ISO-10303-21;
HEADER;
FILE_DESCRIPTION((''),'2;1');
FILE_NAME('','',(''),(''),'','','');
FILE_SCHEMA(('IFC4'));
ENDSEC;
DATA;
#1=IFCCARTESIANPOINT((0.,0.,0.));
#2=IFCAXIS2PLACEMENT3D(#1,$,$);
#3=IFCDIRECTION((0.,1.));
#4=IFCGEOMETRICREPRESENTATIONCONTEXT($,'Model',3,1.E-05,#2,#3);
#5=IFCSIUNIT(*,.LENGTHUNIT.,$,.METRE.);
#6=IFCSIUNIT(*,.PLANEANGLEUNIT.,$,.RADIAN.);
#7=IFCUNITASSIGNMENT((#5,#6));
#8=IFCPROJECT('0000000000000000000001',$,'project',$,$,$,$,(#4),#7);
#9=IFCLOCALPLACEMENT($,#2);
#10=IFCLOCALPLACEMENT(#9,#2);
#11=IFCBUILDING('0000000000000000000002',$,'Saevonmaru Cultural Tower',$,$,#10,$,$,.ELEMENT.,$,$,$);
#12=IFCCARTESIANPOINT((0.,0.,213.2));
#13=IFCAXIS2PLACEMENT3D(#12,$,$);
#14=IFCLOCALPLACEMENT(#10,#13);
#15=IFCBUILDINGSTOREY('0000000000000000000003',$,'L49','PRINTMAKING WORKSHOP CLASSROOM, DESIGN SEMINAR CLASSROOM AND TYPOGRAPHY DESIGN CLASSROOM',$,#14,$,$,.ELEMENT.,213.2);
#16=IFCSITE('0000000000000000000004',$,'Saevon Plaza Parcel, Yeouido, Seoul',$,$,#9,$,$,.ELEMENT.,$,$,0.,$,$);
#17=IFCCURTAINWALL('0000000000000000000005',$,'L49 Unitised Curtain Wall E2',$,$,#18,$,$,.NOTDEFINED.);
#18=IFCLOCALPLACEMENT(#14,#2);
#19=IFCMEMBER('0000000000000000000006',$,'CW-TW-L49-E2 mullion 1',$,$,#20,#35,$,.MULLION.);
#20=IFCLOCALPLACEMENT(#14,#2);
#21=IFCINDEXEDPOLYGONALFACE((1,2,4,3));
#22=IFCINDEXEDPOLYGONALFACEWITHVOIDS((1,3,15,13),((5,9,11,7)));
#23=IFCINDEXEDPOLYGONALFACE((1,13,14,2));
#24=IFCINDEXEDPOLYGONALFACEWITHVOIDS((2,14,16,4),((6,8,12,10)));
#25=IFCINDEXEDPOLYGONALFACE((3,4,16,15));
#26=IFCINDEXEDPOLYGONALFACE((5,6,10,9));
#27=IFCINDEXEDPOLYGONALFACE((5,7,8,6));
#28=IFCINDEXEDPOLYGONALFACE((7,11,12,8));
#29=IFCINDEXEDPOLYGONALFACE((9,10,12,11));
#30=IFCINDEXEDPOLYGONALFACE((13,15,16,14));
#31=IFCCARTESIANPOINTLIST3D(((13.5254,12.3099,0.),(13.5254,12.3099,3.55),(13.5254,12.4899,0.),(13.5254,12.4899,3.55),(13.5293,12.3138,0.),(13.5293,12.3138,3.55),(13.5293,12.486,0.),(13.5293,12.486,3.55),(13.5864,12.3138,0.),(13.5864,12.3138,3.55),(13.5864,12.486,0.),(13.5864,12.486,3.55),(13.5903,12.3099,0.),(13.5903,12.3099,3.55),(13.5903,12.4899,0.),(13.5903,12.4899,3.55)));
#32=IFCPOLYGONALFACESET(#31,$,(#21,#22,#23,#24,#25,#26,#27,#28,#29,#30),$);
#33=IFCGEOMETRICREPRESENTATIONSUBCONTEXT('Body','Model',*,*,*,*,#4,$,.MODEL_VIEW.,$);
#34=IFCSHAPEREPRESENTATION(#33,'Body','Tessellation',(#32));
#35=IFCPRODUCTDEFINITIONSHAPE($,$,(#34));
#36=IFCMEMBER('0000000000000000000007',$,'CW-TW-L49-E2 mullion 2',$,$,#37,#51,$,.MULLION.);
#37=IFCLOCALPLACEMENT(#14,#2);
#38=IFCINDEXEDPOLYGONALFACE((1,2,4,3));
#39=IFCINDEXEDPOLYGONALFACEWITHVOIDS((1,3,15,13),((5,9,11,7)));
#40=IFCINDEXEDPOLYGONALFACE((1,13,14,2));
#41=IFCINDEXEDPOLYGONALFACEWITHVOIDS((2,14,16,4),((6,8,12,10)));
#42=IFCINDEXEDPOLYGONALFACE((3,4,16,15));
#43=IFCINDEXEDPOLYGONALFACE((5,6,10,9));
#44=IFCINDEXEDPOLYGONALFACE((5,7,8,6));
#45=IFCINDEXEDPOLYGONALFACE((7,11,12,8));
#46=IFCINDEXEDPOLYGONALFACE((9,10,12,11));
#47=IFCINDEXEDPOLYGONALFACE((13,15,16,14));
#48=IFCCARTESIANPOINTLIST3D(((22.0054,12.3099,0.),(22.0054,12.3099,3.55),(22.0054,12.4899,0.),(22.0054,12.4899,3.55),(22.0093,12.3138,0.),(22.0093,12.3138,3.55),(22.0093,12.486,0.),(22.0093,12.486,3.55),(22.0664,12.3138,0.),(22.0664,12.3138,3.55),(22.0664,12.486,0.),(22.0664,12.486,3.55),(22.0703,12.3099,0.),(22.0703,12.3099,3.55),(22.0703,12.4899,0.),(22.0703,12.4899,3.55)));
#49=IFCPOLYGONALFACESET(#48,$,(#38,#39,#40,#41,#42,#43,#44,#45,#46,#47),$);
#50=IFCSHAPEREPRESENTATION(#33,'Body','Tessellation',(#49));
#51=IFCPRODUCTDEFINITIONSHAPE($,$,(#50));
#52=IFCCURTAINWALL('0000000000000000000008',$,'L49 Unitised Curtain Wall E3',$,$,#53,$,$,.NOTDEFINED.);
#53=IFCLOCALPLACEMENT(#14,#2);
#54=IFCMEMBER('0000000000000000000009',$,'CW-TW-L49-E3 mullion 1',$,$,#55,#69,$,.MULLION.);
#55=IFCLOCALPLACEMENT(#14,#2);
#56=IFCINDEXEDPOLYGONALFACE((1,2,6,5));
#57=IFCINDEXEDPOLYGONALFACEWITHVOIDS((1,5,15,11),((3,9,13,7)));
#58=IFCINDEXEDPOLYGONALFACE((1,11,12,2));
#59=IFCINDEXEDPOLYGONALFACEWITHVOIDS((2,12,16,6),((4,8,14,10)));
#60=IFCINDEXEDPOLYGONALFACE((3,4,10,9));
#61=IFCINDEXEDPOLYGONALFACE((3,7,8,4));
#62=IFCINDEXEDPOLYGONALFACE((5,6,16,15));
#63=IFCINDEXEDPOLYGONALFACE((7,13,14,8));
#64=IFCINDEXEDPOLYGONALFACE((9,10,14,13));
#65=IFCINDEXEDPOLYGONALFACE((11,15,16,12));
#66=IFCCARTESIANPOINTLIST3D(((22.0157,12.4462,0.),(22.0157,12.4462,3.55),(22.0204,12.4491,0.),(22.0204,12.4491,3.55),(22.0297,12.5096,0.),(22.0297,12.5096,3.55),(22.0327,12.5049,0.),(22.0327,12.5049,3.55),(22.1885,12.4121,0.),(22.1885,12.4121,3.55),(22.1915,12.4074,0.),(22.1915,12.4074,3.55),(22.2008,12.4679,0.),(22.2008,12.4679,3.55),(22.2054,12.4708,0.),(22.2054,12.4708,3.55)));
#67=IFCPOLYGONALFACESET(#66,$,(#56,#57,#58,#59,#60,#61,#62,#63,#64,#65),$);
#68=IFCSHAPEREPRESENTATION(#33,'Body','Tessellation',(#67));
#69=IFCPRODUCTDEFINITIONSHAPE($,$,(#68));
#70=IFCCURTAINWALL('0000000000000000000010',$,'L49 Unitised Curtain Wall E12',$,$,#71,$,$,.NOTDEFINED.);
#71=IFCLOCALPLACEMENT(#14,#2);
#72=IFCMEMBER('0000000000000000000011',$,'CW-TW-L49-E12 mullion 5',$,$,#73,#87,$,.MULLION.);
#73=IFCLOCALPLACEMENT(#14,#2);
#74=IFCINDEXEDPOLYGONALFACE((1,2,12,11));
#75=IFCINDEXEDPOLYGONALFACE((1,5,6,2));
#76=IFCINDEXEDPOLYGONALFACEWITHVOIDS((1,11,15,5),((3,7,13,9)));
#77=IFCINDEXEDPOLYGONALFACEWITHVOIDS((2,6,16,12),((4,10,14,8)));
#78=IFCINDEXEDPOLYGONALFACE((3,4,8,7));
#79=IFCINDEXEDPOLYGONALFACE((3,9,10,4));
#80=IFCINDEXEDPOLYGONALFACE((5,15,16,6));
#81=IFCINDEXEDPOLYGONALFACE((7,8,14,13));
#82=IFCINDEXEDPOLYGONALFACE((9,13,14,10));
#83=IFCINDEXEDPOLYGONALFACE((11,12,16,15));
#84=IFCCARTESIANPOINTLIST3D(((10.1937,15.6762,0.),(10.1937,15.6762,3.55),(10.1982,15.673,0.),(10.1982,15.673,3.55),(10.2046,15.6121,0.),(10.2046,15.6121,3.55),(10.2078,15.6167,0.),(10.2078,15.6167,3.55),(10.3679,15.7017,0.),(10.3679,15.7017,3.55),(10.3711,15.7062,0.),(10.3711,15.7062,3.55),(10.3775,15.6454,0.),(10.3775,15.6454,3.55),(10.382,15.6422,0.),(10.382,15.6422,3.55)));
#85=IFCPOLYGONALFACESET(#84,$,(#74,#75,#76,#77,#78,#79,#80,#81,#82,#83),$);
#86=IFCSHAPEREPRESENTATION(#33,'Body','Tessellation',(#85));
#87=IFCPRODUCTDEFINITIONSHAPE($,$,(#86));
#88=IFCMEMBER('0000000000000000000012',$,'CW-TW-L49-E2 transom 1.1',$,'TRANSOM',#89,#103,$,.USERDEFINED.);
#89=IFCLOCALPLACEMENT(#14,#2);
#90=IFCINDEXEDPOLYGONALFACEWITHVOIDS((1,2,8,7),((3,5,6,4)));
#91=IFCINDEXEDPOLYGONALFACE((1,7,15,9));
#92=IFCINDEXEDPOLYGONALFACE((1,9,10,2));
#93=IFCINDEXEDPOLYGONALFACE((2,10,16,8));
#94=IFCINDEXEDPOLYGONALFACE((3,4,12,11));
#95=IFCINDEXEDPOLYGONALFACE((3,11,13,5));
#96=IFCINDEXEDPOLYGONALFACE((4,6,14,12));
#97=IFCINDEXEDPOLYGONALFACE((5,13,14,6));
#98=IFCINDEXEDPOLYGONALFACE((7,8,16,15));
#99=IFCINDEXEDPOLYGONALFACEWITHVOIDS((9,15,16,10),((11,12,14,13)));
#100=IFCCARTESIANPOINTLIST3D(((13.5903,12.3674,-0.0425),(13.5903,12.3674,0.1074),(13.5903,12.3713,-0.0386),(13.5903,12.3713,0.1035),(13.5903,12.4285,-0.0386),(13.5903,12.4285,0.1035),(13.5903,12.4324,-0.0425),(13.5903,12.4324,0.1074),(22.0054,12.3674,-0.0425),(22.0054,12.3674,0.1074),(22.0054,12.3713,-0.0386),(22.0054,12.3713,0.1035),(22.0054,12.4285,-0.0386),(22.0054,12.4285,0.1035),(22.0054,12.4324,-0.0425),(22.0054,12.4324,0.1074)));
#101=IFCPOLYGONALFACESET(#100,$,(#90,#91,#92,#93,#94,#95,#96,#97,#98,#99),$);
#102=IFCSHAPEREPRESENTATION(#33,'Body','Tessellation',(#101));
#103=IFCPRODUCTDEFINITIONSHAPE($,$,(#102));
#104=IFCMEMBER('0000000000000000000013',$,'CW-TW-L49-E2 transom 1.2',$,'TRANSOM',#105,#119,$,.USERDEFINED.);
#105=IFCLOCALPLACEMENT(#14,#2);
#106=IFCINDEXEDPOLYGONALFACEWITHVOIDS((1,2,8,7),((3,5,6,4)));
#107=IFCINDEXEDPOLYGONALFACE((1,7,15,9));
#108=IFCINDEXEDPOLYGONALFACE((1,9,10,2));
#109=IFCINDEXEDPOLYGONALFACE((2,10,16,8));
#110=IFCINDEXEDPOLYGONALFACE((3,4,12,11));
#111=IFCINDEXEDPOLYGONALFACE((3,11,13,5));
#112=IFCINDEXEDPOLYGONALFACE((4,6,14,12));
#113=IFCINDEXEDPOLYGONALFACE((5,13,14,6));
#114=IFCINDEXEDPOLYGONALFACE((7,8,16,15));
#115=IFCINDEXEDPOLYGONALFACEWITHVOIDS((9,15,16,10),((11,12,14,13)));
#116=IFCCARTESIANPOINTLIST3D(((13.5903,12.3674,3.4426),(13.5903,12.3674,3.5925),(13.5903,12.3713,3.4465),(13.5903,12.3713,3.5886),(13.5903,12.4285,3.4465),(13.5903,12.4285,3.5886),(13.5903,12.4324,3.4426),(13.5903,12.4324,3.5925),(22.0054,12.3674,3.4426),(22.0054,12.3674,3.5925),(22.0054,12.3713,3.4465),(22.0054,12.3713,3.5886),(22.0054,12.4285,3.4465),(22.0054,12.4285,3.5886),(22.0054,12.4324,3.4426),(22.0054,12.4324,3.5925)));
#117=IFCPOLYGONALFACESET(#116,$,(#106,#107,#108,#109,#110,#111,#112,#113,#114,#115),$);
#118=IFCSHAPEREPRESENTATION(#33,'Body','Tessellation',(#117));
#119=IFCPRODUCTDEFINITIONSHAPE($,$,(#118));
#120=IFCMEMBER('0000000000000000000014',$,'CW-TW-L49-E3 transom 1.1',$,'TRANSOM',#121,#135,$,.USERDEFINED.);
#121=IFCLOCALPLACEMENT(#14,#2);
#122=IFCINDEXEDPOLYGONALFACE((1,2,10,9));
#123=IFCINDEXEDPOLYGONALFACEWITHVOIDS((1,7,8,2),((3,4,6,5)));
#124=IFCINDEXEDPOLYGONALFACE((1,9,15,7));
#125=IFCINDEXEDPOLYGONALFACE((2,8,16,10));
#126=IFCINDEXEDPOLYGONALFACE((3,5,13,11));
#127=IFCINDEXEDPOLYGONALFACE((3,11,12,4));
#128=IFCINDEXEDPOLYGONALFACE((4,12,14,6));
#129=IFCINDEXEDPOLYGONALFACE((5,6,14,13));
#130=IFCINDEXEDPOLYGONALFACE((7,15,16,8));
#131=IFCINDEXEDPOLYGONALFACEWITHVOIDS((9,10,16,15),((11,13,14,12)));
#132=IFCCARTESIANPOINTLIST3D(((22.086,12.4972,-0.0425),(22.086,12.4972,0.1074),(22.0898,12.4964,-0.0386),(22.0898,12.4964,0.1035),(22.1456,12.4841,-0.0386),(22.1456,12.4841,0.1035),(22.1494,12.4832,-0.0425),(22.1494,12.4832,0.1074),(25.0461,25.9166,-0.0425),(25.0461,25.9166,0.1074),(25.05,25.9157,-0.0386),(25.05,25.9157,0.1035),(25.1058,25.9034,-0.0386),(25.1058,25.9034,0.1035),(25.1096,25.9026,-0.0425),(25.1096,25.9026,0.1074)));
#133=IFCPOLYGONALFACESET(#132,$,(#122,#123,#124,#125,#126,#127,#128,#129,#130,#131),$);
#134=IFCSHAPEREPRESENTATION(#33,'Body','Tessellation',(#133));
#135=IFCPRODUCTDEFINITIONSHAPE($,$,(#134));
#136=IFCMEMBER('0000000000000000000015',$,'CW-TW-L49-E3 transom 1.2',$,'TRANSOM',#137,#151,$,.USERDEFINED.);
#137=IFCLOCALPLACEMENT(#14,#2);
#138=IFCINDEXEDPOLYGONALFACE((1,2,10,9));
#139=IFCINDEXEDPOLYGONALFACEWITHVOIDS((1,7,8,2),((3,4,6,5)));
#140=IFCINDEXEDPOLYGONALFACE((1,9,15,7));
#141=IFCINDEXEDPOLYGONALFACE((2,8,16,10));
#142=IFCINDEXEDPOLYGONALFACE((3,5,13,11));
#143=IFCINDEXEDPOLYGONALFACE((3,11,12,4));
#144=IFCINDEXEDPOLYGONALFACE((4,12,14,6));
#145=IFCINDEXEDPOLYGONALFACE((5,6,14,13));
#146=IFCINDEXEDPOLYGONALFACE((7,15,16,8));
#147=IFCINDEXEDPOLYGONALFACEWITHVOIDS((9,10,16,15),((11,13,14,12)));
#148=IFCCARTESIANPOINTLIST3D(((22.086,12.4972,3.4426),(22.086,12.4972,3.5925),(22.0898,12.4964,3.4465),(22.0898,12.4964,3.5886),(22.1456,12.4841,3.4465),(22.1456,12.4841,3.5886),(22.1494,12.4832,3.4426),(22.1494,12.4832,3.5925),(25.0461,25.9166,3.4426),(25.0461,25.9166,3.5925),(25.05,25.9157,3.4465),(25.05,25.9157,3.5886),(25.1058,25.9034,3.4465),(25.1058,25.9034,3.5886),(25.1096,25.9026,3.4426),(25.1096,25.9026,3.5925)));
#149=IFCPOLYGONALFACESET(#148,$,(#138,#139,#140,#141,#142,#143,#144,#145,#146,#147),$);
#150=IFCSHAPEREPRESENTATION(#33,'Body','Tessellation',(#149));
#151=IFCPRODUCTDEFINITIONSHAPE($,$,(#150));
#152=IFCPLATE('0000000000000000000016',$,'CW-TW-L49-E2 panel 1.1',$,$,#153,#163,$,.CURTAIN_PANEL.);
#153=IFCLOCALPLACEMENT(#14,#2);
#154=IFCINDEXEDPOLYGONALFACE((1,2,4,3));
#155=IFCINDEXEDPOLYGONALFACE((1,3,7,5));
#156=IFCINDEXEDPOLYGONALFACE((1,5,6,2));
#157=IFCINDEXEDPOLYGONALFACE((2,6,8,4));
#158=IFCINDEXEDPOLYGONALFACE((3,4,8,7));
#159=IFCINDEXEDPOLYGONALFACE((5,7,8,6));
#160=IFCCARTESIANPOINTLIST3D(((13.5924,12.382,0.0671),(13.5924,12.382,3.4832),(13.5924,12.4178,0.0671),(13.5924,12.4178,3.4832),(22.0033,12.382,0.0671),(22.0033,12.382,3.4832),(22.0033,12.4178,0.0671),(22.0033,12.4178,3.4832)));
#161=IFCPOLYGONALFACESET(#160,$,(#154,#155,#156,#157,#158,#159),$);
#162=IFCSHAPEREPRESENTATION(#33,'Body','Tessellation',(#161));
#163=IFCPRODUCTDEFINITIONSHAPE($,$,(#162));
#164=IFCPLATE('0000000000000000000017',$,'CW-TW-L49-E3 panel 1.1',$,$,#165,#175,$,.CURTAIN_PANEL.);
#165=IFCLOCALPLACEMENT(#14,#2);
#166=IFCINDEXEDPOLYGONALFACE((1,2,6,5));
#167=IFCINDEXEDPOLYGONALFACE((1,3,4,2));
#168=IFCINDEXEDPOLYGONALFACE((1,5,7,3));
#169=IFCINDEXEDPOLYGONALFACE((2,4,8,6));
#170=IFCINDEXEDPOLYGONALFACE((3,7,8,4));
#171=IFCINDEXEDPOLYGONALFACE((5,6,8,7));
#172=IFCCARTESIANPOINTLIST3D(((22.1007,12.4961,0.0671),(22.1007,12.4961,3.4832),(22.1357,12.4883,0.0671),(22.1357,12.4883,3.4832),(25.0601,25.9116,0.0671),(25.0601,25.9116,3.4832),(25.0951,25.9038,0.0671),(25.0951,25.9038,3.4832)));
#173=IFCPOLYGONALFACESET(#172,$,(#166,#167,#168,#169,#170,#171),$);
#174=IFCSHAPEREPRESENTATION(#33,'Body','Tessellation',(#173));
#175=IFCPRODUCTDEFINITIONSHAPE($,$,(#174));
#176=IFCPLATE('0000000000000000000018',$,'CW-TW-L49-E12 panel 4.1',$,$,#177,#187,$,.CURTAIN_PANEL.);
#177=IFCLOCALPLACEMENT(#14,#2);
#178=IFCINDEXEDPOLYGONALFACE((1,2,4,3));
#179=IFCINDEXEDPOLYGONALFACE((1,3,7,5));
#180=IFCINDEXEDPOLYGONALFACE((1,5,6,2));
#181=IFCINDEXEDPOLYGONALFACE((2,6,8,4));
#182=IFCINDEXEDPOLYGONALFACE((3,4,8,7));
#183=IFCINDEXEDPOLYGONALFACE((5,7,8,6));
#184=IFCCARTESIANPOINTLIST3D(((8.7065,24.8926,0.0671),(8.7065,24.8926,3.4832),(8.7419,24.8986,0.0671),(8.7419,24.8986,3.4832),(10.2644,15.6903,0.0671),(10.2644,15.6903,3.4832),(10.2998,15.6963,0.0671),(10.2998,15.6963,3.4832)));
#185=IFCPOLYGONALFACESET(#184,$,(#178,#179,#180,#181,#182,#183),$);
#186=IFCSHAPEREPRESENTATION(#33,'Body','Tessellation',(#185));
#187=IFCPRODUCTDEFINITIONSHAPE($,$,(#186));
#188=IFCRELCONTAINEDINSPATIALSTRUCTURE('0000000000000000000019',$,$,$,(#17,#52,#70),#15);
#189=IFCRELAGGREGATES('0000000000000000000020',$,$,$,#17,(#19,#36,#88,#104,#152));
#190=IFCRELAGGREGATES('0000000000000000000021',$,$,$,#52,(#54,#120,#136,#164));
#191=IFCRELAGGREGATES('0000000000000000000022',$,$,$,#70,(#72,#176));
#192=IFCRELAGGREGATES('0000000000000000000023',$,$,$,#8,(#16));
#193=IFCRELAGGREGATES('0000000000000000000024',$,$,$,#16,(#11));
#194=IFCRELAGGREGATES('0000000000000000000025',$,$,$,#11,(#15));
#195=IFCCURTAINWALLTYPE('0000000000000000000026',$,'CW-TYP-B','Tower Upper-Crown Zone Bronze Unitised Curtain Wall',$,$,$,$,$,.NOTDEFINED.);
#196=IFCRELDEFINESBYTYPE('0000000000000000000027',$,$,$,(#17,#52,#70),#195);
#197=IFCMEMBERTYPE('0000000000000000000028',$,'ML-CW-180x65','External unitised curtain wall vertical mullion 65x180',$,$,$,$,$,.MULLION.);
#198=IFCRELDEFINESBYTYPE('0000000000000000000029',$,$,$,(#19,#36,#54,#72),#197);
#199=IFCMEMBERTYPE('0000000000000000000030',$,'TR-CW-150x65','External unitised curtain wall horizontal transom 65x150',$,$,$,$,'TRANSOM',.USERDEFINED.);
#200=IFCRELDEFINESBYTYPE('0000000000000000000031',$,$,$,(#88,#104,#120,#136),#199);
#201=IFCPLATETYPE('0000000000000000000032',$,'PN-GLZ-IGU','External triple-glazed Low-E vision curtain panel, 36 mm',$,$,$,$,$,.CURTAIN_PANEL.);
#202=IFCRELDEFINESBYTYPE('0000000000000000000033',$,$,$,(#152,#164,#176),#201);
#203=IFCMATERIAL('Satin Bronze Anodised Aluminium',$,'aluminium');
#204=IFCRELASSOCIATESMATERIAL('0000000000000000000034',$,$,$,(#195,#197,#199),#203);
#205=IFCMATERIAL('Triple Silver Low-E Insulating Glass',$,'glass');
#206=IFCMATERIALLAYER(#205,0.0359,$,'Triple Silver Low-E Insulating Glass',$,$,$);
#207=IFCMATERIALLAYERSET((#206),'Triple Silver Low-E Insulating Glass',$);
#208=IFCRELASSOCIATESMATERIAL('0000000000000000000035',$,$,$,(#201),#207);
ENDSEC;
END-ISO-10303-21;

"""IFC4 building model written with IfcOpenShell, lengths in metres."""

from ifc_helpers import new_model, si_unit, direction, frame, origin, origin_2d, place, context, subcontext, project, spatial, rectangle, hollow_rectangle, extrude, material, layer, layer_set, material_profile, profile_set, type_object, element, aggregate, save


model = new_model("IFC4")

# Units and contexts
model_context = context("Model", 3, precision=1e-05, world=origin(), true_north=direction((0.0, 1.0)))
body_context = subcontext(model_context, "Body", "Model", "MODEL_VIEW")
ifc_project = project(units=[si_unit("LENGTHUNIT", "METRE"), si_unit("PLANEANGLEUNIT", "RADIAN")], contexts=[model_context])

# Site, building, storey
site_placement = place(None, origin())
site = spatial("IfcSite", under=ifc_project, at=site_placement, Name="Saevon Plaza Parcel, Yeouido, Seoul", CompositionType="ELEMENT", RefElevation=0.0)
building_placement = place(site_placement, origin())
building = spatial("IfcBuilding", under=site, at=building_placement, Name="Saevonmaru Cultural Tower", CompositionType="ELEMENT")
storey_placement = place(building_placement, frame((0.0, 0.0, 213.2)))
storey = spatial("IfcBuildingStorey", under=building, at=storey_placement, Name="L49", Description="PRINTMAKING WORKSHOP CLASSROOM, DESIGN SEMINAR CLASSROOM AND TYPOGRAPHY DESIGN CLASSROOM", CompositionType="ELEMENT", Elevation=213.2)

# Curtain wall, members
ifc_material_1 = material(Name="Satin Bronze Anodised Aluminium", Category="aluminium")
curtain_wall_type = type_object("IfcCurtainWallType", Name="CW-TYP-B", Description="Tower Upper-Crown Zone Bronze Unitised Curtain Wall", PredefinedType="NOTDEFINED", material=ifc_material_1)
curtain_wall_1_placement = place(storey_placement, origin())
curtain_wall_1 = element("IfcCurtainWall", 1, at=curtain_wall_1_placement, inside=storey, type_object=curtain_wall_type, Name="L49 Unitised Curtain Wall E2", PredefinedType="NOTDEFINED")
ifc_material_profile_1 = material_profile(ifc_material_1, hollow_rectangle(XDim=0.0649, YDim=0.1799, WallThickness=0.0039, at=origin_2d()), Name="ALU-MULL-180x65x4")
ifc_profile_set_1 = profile_set([ifc_material_profile_1], Name="Satin Bronze Anodised Aluminium")
member_type_1 = type_object("IfcMemberType", Name="ML-CW-180x65", Description="External unitised curtain wall vertical mullion 65x180", PredefinedType="MULLION", material=ifc_profile_set_1)
member_1_placement = place(storey_placement, frame((13.5579, 12.3999, 0.0), z_axis=(0.0, 0.0, 1.0), x_axis=(1.0, 0.0, 0.0)))
member_1 = element("IfcMember", 2, at=member_1_placement, type_object=member_type_1, Name="CW-TW-L49-E2 mullion 1", PredefinedType="MULLION", context=body_context, shape_type="SweptSolid", body=[
    extrude(hollow_rectangle(XDim=0.0649, YDim=0.1799, WallThickness=0.0039, at=origin_2d()), origin(), (0.0, 0.0, 1.0), 3.55),
])
member_2_placement = place(storey_placement, frame((22.0378, 12.3999, 0.0), z_axis=(0.0, 0.0, 1.0), x_axis=(1.0, 0.0, 0.0)))
member_2 = element("IfcMember", 3, at=member_2_placement, type_object=member_type_1, Name="CW-TW-L49-E2 mullion 2", PredefinedType="MULLION", context=body_context, shape_type="SweptSolid", body=[
    extrude(hollow_rectangle(XDim=0.0649, YDim=0.1799, WallThickness=0.0039, at=origin_2d()), origin(), (0.0, 0.0, 1.0), 3.55),
])

# Curtain walls, members
curtain_wall_2_placement = place(storey_placement, origin())
curtain_wall_2 = element("IfcCurtainWall", 4, at=curtain_wall_2_placement, inside=storey, type_object=curtain_wall_type, Name="L49 Unitised Curtain Wall E3", PredefinedType="NOTDEFINED")
member_3_placement = place(storey_placement, frame((22.1106, 12.4585, 0.0), z_axis=(0.0, 0.0, 1.0), x_axis=(0.215413, 0.976523, 0.0)))
member_3 = element("IfcMember", 5, at=member_3_placement, type_object=member_type_1, Name="CW-TW-L49-E3 mullion 1", PredefinedType="MULLION", context=body_context, shape_type="SweptSolid", body=[
    extrude(hollow_rectangle(XDim=0.0649, YDim=0.1799, WallThickness=0.0039, at=origin_2d()), origin(), (0.0, 0.0, 1.0), 3.55),
])
curtain_wall_3_placement = place(storey_placement, origin())
curtain_wall_3 = element("IfcCurtainWall", 6, at=curtain_wall_3_placement, inside=storey, type_object=curtain_wall_type, Name="L49 Unitised Curtain Wall E12", PredefinedType="NOTDEFINED")
member_4_placement = place(storey_placement, frame((10.2878, 15.6592, 0.0), z_axis=(0.0, 0.0, 1.0), x_axis=(0.166922, -0.98597, 0.0)))
member_4 = element("IfcMember", 7, at=member_4_placement, type_object=member_type_1, Name="CW-TW-L49-E12 mullion 5", PredefinedType="MULLION", context=body_context, shape_type="SweptSolid", body=[
    extrude(hollow_rectangle(XDim=0.0649, YDim=0.1799, WallThickness=0.0039, at=origin_2d()), origin(), (0.0, 0.0, 1.0), 3.55),
])

# Members
ifc_material_profile_2 = material_profile(ifc_material_1, hollow_rectangle(XDim=0.0649, YDim=0.1499, WallThickness=0.0039, at=origin_2d()), Name="ALU-TRAN-150x65x4")
ifc_profile_set_2 = profile_set([ifc_material_profile_2], Name="Satin Bronze Anodised Aluminium")
member_type_2 = type_object("IfcMemberType", Name="TR-CW-150x65", Description="External unitised curtain wall horizontal transom 65x150", ElementType="TRANSOM", PredefinedType="USERDEFINED", material=ifc_profile_set_2)
member_5_placement = place(storey_placement, frame((13.5903, 12.3999, 0.0325), z_axis=(1.0, 0.0, 0.0), x_axis=(0.0, 1.0, 0.0)))
member_5 = element("IfcMember", 8, at=member_5_placement, type_object=member_type_2, Name="CW-TW-L49-E2 transom 1.1", ObjectType="TRANSOM", PredefinedType="USERDEFINED", context=body_context, shape_type="SweptSolid", body=[
    extrude(hollow_rectangle(XDim=0.0649, YDim=0.1499, WallThickness=0.0039, at=origin_2d()), origin(), (0.0, 0.0, 1.0), 8.415),
])
member_6_placement = place(storey_placement, frame((13.5903, 12.3999, 3.5176), z_axis=(1.0, 0.0, 0.0), x_axis=(0.0, 1.0, 0.0)))
member_6 = element("IfcMember", 9, at=member_6_placement, type_object=member_type_2, Name="CW-TW-L49-E2 transom 1.2", ObjectType="TRANSOM", PredefinedType="USERDEFINED", context=body_context, shape_type="SweptSolid", body=[
    extrude(hollow_rectangle(XDim=0.0649, YDim=0.1499, WallThickness=0.0039, at=origin_2d()), origin(), (0.0, 0.0, 1.0), 8.415),
])
member_7_placement = place(storey_placement, frame((22.1177, 12.4902, 0.0325), z_axis=(0.215412, 0.976523, 0.0), x_axis=(-0.976523, 0.215412, 0.0)))
member_7 = element("IfcMember", 10, at=member_7_placement, type_object=member_type_2, Name="CW-TW-L49-E3 transom 1.1", ObjectType="TRANSOM", PredefinedType="USERDEFINED", context=body_context, shape_type="SweptSolid", body=[
    extrude(hollow_rectangle(XDim=0.0649, YDim=0.1499, WallThickness=0.0039, at=origin_2d()), origin(), (0.0, 0.0, 1.0), 13.7419),
])
member_8_placement = place(storey_placement, frame((22.1177, 12.4902, 3.5176), z_axis=(0.215412, 0.976523, 0.0), x_axis=(-0.976523, 0.215412, 0.0)))
member_8 = element("IfcMember", 11, at=member_8_placement, type_object=member_type_2, Name="CW-TW-L49-E3 transom 1.2", ObjectType="TRANSOM", PredefinedType="USERDEFINED", context=body_context, shape_type="SweptSolid", body=[
    extrude(hollow_rectangle(XDim=0.0649, YDim=0.1499, WallThickness=0.0039, at=origin_2d()), origin(), (0.0, 0.0, 1.0), 13.7419),
])

# Plates
ifc_material_2 = material(Name="Triple Silver Low-E Insulating Glass", Category="glass")
ifc_layer_1 = layer(ifc_material_2, 0.0359, Name="Triple Silver Low-E Insulating Glass")
ifc_layer_set_1 = layer_set([ifc_layer_1], Name="Triple Silver Low-E Insulating Glass")
plate_type = type_object("IfcPlateType", Name="PN-GLZ-IGU", Description="External triple-glazed Low-E vision curtain panel, 36 mm", PredefinedType="CURTAIN_PANEL", material=ifc_layer_set_1)
plate_1_placement = place(storey_placement, frame((17.7979, 12.3999, 0.0671), z_axis=(0.0, 0.0, 1.0), x_axis=(1.0, 0.0, 0.0)))
plate_1 = element("IfcPlate", 12, at=plate_1_placement, type_object=plate_type, Name="CW-TW-L49-E2 panel 1.1", PredefinedType="CURTAIN_PANEL", context=body_context, shape_type="SweptSolid", body=[
    extrude(rectangle(XDim=8.4109, YDim=0.0359, at=origin_2d()), origin(), (0.0, 0.0, 1.0), 3.416),
])
aggregate(curtain_wall_1, [member_1, member_2, member_5, member_6, plate_1])
plate_2_placement = place(storey_placement, frame((23.5979, 19.2, 0.0671), z_axis=(0.0, 0.0, 1.0), x_axis=(0.215413, 0.976523, 0.0)))
plate_2 = element("IfcPlate", 13, at=plate_2_placement, type_object=plate_type, Name="CW-TW-L49-E3 panel 1.1", PredefinedType="CURTAIN_PANEL", context=body_context, shape_type="SweptSolid", body=[
    extrude(rectangle(XDim=13.738, YDim=0.0359, at=origin_2d()), origin(), (0.0, 0.0, 1.0), 3.416),
])
aggregate(curtain_wall_2, [member_3, member_7, member_8, plate_2])
plate_3_placement = place(storey_placement, frame((9.5032, 20.2944, 0.0671), z_axis=(0.0, 0.0, 1.0), x_axis=(0.166922, -0.98597, 0.0)))
plate_3 = element("IfcPlate", 14, at=plate_3_placement, type_object=plate_type, Name="CW-TW-L49-E12 panel 4.1", PredefinedType="CURTAIN_PANEL", context=body_context, shape_type="SweptSolid", body=[
    extrude(rectangle(XDim=9.3333, YDim=0.0359, at=origin_2d()), origin(), (0.0, 0.0, 1.0), 3.416),
])
aggregate(curtain_wall_3, [member_4, plate_3])

save(model, "model.ifc")
